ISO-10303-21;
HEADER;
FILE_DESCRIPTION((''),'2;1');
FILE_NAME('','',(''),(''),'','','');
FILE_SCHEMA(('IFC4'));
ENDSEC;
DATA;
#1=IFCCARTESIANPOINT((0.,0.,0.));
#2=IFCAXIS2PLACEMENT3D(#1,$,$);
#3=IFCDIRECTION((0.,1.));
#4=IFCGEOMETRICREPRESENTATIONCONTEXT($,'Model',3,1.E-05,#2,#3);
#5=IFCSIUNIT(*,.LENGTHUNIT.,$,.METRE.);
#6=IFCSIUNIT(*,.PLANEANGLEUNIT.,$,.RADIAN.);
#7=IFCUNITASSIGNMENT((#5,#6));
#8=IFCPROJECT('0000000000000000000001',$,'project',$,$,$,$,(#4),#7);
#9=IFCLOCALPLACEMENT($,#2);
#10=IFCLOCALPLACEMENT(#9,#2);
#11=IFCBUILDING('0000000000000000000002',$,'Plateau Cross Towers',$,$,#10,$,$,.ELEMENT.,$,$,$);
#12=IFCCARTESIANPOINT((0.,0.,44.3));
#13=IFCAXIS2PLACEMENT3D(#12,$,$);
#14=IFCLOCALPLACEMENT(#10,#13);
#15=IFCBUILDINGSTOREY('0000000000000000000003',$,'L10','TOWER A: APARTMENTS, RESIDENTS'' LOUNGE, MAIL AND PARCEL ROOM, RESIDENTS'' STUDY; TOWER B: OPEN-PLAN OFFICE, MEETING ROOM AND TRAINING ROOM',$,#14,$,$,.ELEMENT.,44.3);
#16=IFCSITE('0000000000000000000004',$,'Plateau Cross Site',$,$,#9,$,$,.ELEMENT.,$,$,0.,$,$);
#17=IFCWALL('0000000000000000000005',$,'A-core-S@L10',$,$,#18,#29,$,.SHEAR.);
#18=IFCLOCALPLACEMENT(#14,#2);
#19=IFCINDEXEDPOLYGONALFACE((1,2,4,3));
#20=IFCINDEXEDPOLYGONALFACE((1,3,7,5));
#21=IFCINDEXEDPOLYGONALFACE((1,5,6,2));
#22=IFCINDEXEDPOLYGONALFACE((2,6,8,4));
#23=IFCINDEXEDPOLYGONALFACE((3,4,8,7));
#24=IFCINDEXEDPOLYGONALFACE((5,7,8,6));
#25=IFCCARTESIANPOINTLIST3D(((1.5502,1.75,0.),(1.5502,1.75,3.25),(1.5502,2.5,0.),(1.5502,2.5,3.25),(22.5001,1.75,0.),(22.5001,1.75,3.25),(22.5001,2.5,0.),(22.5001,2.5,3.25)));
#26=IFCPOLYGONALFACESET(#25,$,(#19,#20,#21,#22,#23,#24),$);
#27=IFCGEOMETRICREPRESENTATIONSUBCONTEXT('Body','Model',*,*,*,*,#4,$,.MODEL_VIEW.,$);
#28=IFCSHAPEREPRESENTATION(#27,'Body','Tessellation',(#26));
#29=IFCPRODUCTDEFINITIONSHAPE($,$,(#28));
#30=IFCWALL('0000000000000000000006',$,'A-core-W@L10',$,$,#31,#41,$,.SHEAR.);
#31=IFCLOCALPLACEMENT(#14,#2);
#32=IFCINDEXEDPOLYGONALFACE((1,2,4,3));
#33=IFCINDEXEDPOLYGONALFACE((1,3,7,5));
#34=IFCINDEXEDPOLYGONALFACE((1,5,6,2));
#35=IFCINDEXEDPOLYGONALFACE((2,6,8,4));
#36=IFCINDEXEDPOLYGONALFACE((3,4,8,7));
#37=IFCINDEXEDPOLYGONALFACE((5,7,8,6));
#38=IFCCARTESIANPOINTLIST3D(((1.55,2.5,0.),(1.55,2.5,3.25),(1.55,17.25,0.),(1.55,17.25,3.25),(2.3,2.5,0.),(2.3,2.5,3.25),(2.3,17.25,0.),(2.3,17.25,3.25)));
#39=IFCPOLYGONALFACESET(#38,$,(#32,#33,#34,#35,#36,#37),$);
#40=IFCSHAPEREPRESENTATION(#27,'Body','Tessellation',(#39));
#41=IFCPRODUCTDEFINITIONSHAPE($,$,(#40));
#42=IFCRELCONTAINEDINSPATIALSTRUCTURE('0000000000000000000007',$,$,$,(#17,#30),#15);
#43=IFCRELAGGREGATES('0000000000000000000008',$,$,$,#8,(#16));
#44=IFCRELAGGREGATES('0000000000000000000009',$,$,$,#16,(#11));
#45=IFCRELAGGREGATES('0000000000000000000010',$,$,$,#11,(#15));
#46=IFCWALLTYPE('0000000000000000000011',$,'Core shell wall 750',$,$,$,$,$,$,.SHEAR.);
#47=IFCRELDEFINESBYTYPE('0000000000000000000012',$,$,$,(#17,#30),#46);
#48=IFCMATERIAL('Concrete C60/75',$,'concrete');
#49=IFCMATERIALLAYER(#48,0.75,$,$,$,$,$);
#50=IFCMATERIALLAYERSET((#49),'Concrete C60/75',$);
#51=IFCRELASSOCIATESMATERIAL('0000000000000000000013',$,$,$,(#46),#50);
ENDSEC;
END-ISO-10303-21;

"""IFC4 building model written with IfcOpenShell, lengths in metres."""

from ifc_helpers import new_model, si_unit, direction, frame, frame_2d, origin, place, context, subcontext, project, spatial, rectangle, extrude, material, layer, layer_set, type_object, element, save


model = new_model("IFC4")

# Units and contexts
model_context = context("Model", 3, precision=1e-05, world=origin(), true_north=direction((0.0, 1.0)))
body_context = subcontext(model_context, "Body", "Model", "MODEL_VIEW")
ifc_project = project(units=[si_unit("LENGTHUNIT", "METRE"), si_unit("PLANEANGLEUNIT", "RADIAN")], contexts=[model_context])

# Site, building, storey
site_placement = place(None, origin())
site = spatial("IfcSite", under=ifc_project, at=site_placement, Name="Plateau Cross Site", CompositionType="ELEMENT", RefElevation=0.0)
building_placement = place(site_placement, origin())
building = spatial("IfcBuilding", under=site, at=building_placement, Name="Plateau Cross Towers", CompositionType="ELEMENT")
storey_placement = place(building_placement, frame((0.0, 0.0, 44.3)))
storey = spatial("IfcBuildingStorey", under=building, at=storey_placement, Name="L10", Description="TOWER A: APARTMENTS, RESIDENTS' LOUNGE, MAIL AND PARCEL ROOM, RESIDENTS' STUDY; TOWER B: OPEN-PLAN OFFICE, MEETING ROOM AND TRAINING ROOM", CompositionType="ELEMENT", Elevation=44.3)

# Shared definitions
ifc_material_1 = material(Name="Concrete C60/75", Category="concrete")

# Walls
ifc_layer_1 = layer(ifc_material_1, 0.75)
ifc_layer_set_1 = layer_set([ifc_layer_1], Name="Concrete C60/75")
wall_type_1 = type_object("IfcWallType", Name="Core shell wall 750", PredefinedType="SHEAR", material=ifc_layer_set_1)
wall_1_placement = place(storey_placement, frame((1.55, 2.125, 0.0), z_axis=(0.0, 0.0, 1.0), x_axis=(1.0, 0.0, 0.0)))
element("IfcWall", 1, at=wall_1_placement, inside=storey, type_object=wall_type_1, Name="A-core-S@L10", PredefinedType="SHEAR", context=body_context, shape_type="SweptSolid", body=[
    extrude(rectangle(XDim=20.95, YDim=0.75, at=frame_2d((10.4751, 0.0))), origin(), (0.0, 0.0, 1.0), 3.25),
])
wall_2_placement = place(storey_placement, frame((1.925, 2.5, 0.0), z_axis=(0.0, 0.0, 1.0), x_axis=(0.0, 1.0, 0.0)))
element("IfcWall", 2, at=wall_2_placement, inside=storey, type_object=wall_type_1, Name="A-core-W@L10", PredefinedType="SHEAR", context=body_context, shape_type="SweptSolid", body=[
    extrude(rectangle(XDim=14.75, YDim=0.75, at=frame_2d((7.375, 0.0))), origin(), (0.0, 0.0, 1.0), 3.25),
])

save(model, "model.ifc")
